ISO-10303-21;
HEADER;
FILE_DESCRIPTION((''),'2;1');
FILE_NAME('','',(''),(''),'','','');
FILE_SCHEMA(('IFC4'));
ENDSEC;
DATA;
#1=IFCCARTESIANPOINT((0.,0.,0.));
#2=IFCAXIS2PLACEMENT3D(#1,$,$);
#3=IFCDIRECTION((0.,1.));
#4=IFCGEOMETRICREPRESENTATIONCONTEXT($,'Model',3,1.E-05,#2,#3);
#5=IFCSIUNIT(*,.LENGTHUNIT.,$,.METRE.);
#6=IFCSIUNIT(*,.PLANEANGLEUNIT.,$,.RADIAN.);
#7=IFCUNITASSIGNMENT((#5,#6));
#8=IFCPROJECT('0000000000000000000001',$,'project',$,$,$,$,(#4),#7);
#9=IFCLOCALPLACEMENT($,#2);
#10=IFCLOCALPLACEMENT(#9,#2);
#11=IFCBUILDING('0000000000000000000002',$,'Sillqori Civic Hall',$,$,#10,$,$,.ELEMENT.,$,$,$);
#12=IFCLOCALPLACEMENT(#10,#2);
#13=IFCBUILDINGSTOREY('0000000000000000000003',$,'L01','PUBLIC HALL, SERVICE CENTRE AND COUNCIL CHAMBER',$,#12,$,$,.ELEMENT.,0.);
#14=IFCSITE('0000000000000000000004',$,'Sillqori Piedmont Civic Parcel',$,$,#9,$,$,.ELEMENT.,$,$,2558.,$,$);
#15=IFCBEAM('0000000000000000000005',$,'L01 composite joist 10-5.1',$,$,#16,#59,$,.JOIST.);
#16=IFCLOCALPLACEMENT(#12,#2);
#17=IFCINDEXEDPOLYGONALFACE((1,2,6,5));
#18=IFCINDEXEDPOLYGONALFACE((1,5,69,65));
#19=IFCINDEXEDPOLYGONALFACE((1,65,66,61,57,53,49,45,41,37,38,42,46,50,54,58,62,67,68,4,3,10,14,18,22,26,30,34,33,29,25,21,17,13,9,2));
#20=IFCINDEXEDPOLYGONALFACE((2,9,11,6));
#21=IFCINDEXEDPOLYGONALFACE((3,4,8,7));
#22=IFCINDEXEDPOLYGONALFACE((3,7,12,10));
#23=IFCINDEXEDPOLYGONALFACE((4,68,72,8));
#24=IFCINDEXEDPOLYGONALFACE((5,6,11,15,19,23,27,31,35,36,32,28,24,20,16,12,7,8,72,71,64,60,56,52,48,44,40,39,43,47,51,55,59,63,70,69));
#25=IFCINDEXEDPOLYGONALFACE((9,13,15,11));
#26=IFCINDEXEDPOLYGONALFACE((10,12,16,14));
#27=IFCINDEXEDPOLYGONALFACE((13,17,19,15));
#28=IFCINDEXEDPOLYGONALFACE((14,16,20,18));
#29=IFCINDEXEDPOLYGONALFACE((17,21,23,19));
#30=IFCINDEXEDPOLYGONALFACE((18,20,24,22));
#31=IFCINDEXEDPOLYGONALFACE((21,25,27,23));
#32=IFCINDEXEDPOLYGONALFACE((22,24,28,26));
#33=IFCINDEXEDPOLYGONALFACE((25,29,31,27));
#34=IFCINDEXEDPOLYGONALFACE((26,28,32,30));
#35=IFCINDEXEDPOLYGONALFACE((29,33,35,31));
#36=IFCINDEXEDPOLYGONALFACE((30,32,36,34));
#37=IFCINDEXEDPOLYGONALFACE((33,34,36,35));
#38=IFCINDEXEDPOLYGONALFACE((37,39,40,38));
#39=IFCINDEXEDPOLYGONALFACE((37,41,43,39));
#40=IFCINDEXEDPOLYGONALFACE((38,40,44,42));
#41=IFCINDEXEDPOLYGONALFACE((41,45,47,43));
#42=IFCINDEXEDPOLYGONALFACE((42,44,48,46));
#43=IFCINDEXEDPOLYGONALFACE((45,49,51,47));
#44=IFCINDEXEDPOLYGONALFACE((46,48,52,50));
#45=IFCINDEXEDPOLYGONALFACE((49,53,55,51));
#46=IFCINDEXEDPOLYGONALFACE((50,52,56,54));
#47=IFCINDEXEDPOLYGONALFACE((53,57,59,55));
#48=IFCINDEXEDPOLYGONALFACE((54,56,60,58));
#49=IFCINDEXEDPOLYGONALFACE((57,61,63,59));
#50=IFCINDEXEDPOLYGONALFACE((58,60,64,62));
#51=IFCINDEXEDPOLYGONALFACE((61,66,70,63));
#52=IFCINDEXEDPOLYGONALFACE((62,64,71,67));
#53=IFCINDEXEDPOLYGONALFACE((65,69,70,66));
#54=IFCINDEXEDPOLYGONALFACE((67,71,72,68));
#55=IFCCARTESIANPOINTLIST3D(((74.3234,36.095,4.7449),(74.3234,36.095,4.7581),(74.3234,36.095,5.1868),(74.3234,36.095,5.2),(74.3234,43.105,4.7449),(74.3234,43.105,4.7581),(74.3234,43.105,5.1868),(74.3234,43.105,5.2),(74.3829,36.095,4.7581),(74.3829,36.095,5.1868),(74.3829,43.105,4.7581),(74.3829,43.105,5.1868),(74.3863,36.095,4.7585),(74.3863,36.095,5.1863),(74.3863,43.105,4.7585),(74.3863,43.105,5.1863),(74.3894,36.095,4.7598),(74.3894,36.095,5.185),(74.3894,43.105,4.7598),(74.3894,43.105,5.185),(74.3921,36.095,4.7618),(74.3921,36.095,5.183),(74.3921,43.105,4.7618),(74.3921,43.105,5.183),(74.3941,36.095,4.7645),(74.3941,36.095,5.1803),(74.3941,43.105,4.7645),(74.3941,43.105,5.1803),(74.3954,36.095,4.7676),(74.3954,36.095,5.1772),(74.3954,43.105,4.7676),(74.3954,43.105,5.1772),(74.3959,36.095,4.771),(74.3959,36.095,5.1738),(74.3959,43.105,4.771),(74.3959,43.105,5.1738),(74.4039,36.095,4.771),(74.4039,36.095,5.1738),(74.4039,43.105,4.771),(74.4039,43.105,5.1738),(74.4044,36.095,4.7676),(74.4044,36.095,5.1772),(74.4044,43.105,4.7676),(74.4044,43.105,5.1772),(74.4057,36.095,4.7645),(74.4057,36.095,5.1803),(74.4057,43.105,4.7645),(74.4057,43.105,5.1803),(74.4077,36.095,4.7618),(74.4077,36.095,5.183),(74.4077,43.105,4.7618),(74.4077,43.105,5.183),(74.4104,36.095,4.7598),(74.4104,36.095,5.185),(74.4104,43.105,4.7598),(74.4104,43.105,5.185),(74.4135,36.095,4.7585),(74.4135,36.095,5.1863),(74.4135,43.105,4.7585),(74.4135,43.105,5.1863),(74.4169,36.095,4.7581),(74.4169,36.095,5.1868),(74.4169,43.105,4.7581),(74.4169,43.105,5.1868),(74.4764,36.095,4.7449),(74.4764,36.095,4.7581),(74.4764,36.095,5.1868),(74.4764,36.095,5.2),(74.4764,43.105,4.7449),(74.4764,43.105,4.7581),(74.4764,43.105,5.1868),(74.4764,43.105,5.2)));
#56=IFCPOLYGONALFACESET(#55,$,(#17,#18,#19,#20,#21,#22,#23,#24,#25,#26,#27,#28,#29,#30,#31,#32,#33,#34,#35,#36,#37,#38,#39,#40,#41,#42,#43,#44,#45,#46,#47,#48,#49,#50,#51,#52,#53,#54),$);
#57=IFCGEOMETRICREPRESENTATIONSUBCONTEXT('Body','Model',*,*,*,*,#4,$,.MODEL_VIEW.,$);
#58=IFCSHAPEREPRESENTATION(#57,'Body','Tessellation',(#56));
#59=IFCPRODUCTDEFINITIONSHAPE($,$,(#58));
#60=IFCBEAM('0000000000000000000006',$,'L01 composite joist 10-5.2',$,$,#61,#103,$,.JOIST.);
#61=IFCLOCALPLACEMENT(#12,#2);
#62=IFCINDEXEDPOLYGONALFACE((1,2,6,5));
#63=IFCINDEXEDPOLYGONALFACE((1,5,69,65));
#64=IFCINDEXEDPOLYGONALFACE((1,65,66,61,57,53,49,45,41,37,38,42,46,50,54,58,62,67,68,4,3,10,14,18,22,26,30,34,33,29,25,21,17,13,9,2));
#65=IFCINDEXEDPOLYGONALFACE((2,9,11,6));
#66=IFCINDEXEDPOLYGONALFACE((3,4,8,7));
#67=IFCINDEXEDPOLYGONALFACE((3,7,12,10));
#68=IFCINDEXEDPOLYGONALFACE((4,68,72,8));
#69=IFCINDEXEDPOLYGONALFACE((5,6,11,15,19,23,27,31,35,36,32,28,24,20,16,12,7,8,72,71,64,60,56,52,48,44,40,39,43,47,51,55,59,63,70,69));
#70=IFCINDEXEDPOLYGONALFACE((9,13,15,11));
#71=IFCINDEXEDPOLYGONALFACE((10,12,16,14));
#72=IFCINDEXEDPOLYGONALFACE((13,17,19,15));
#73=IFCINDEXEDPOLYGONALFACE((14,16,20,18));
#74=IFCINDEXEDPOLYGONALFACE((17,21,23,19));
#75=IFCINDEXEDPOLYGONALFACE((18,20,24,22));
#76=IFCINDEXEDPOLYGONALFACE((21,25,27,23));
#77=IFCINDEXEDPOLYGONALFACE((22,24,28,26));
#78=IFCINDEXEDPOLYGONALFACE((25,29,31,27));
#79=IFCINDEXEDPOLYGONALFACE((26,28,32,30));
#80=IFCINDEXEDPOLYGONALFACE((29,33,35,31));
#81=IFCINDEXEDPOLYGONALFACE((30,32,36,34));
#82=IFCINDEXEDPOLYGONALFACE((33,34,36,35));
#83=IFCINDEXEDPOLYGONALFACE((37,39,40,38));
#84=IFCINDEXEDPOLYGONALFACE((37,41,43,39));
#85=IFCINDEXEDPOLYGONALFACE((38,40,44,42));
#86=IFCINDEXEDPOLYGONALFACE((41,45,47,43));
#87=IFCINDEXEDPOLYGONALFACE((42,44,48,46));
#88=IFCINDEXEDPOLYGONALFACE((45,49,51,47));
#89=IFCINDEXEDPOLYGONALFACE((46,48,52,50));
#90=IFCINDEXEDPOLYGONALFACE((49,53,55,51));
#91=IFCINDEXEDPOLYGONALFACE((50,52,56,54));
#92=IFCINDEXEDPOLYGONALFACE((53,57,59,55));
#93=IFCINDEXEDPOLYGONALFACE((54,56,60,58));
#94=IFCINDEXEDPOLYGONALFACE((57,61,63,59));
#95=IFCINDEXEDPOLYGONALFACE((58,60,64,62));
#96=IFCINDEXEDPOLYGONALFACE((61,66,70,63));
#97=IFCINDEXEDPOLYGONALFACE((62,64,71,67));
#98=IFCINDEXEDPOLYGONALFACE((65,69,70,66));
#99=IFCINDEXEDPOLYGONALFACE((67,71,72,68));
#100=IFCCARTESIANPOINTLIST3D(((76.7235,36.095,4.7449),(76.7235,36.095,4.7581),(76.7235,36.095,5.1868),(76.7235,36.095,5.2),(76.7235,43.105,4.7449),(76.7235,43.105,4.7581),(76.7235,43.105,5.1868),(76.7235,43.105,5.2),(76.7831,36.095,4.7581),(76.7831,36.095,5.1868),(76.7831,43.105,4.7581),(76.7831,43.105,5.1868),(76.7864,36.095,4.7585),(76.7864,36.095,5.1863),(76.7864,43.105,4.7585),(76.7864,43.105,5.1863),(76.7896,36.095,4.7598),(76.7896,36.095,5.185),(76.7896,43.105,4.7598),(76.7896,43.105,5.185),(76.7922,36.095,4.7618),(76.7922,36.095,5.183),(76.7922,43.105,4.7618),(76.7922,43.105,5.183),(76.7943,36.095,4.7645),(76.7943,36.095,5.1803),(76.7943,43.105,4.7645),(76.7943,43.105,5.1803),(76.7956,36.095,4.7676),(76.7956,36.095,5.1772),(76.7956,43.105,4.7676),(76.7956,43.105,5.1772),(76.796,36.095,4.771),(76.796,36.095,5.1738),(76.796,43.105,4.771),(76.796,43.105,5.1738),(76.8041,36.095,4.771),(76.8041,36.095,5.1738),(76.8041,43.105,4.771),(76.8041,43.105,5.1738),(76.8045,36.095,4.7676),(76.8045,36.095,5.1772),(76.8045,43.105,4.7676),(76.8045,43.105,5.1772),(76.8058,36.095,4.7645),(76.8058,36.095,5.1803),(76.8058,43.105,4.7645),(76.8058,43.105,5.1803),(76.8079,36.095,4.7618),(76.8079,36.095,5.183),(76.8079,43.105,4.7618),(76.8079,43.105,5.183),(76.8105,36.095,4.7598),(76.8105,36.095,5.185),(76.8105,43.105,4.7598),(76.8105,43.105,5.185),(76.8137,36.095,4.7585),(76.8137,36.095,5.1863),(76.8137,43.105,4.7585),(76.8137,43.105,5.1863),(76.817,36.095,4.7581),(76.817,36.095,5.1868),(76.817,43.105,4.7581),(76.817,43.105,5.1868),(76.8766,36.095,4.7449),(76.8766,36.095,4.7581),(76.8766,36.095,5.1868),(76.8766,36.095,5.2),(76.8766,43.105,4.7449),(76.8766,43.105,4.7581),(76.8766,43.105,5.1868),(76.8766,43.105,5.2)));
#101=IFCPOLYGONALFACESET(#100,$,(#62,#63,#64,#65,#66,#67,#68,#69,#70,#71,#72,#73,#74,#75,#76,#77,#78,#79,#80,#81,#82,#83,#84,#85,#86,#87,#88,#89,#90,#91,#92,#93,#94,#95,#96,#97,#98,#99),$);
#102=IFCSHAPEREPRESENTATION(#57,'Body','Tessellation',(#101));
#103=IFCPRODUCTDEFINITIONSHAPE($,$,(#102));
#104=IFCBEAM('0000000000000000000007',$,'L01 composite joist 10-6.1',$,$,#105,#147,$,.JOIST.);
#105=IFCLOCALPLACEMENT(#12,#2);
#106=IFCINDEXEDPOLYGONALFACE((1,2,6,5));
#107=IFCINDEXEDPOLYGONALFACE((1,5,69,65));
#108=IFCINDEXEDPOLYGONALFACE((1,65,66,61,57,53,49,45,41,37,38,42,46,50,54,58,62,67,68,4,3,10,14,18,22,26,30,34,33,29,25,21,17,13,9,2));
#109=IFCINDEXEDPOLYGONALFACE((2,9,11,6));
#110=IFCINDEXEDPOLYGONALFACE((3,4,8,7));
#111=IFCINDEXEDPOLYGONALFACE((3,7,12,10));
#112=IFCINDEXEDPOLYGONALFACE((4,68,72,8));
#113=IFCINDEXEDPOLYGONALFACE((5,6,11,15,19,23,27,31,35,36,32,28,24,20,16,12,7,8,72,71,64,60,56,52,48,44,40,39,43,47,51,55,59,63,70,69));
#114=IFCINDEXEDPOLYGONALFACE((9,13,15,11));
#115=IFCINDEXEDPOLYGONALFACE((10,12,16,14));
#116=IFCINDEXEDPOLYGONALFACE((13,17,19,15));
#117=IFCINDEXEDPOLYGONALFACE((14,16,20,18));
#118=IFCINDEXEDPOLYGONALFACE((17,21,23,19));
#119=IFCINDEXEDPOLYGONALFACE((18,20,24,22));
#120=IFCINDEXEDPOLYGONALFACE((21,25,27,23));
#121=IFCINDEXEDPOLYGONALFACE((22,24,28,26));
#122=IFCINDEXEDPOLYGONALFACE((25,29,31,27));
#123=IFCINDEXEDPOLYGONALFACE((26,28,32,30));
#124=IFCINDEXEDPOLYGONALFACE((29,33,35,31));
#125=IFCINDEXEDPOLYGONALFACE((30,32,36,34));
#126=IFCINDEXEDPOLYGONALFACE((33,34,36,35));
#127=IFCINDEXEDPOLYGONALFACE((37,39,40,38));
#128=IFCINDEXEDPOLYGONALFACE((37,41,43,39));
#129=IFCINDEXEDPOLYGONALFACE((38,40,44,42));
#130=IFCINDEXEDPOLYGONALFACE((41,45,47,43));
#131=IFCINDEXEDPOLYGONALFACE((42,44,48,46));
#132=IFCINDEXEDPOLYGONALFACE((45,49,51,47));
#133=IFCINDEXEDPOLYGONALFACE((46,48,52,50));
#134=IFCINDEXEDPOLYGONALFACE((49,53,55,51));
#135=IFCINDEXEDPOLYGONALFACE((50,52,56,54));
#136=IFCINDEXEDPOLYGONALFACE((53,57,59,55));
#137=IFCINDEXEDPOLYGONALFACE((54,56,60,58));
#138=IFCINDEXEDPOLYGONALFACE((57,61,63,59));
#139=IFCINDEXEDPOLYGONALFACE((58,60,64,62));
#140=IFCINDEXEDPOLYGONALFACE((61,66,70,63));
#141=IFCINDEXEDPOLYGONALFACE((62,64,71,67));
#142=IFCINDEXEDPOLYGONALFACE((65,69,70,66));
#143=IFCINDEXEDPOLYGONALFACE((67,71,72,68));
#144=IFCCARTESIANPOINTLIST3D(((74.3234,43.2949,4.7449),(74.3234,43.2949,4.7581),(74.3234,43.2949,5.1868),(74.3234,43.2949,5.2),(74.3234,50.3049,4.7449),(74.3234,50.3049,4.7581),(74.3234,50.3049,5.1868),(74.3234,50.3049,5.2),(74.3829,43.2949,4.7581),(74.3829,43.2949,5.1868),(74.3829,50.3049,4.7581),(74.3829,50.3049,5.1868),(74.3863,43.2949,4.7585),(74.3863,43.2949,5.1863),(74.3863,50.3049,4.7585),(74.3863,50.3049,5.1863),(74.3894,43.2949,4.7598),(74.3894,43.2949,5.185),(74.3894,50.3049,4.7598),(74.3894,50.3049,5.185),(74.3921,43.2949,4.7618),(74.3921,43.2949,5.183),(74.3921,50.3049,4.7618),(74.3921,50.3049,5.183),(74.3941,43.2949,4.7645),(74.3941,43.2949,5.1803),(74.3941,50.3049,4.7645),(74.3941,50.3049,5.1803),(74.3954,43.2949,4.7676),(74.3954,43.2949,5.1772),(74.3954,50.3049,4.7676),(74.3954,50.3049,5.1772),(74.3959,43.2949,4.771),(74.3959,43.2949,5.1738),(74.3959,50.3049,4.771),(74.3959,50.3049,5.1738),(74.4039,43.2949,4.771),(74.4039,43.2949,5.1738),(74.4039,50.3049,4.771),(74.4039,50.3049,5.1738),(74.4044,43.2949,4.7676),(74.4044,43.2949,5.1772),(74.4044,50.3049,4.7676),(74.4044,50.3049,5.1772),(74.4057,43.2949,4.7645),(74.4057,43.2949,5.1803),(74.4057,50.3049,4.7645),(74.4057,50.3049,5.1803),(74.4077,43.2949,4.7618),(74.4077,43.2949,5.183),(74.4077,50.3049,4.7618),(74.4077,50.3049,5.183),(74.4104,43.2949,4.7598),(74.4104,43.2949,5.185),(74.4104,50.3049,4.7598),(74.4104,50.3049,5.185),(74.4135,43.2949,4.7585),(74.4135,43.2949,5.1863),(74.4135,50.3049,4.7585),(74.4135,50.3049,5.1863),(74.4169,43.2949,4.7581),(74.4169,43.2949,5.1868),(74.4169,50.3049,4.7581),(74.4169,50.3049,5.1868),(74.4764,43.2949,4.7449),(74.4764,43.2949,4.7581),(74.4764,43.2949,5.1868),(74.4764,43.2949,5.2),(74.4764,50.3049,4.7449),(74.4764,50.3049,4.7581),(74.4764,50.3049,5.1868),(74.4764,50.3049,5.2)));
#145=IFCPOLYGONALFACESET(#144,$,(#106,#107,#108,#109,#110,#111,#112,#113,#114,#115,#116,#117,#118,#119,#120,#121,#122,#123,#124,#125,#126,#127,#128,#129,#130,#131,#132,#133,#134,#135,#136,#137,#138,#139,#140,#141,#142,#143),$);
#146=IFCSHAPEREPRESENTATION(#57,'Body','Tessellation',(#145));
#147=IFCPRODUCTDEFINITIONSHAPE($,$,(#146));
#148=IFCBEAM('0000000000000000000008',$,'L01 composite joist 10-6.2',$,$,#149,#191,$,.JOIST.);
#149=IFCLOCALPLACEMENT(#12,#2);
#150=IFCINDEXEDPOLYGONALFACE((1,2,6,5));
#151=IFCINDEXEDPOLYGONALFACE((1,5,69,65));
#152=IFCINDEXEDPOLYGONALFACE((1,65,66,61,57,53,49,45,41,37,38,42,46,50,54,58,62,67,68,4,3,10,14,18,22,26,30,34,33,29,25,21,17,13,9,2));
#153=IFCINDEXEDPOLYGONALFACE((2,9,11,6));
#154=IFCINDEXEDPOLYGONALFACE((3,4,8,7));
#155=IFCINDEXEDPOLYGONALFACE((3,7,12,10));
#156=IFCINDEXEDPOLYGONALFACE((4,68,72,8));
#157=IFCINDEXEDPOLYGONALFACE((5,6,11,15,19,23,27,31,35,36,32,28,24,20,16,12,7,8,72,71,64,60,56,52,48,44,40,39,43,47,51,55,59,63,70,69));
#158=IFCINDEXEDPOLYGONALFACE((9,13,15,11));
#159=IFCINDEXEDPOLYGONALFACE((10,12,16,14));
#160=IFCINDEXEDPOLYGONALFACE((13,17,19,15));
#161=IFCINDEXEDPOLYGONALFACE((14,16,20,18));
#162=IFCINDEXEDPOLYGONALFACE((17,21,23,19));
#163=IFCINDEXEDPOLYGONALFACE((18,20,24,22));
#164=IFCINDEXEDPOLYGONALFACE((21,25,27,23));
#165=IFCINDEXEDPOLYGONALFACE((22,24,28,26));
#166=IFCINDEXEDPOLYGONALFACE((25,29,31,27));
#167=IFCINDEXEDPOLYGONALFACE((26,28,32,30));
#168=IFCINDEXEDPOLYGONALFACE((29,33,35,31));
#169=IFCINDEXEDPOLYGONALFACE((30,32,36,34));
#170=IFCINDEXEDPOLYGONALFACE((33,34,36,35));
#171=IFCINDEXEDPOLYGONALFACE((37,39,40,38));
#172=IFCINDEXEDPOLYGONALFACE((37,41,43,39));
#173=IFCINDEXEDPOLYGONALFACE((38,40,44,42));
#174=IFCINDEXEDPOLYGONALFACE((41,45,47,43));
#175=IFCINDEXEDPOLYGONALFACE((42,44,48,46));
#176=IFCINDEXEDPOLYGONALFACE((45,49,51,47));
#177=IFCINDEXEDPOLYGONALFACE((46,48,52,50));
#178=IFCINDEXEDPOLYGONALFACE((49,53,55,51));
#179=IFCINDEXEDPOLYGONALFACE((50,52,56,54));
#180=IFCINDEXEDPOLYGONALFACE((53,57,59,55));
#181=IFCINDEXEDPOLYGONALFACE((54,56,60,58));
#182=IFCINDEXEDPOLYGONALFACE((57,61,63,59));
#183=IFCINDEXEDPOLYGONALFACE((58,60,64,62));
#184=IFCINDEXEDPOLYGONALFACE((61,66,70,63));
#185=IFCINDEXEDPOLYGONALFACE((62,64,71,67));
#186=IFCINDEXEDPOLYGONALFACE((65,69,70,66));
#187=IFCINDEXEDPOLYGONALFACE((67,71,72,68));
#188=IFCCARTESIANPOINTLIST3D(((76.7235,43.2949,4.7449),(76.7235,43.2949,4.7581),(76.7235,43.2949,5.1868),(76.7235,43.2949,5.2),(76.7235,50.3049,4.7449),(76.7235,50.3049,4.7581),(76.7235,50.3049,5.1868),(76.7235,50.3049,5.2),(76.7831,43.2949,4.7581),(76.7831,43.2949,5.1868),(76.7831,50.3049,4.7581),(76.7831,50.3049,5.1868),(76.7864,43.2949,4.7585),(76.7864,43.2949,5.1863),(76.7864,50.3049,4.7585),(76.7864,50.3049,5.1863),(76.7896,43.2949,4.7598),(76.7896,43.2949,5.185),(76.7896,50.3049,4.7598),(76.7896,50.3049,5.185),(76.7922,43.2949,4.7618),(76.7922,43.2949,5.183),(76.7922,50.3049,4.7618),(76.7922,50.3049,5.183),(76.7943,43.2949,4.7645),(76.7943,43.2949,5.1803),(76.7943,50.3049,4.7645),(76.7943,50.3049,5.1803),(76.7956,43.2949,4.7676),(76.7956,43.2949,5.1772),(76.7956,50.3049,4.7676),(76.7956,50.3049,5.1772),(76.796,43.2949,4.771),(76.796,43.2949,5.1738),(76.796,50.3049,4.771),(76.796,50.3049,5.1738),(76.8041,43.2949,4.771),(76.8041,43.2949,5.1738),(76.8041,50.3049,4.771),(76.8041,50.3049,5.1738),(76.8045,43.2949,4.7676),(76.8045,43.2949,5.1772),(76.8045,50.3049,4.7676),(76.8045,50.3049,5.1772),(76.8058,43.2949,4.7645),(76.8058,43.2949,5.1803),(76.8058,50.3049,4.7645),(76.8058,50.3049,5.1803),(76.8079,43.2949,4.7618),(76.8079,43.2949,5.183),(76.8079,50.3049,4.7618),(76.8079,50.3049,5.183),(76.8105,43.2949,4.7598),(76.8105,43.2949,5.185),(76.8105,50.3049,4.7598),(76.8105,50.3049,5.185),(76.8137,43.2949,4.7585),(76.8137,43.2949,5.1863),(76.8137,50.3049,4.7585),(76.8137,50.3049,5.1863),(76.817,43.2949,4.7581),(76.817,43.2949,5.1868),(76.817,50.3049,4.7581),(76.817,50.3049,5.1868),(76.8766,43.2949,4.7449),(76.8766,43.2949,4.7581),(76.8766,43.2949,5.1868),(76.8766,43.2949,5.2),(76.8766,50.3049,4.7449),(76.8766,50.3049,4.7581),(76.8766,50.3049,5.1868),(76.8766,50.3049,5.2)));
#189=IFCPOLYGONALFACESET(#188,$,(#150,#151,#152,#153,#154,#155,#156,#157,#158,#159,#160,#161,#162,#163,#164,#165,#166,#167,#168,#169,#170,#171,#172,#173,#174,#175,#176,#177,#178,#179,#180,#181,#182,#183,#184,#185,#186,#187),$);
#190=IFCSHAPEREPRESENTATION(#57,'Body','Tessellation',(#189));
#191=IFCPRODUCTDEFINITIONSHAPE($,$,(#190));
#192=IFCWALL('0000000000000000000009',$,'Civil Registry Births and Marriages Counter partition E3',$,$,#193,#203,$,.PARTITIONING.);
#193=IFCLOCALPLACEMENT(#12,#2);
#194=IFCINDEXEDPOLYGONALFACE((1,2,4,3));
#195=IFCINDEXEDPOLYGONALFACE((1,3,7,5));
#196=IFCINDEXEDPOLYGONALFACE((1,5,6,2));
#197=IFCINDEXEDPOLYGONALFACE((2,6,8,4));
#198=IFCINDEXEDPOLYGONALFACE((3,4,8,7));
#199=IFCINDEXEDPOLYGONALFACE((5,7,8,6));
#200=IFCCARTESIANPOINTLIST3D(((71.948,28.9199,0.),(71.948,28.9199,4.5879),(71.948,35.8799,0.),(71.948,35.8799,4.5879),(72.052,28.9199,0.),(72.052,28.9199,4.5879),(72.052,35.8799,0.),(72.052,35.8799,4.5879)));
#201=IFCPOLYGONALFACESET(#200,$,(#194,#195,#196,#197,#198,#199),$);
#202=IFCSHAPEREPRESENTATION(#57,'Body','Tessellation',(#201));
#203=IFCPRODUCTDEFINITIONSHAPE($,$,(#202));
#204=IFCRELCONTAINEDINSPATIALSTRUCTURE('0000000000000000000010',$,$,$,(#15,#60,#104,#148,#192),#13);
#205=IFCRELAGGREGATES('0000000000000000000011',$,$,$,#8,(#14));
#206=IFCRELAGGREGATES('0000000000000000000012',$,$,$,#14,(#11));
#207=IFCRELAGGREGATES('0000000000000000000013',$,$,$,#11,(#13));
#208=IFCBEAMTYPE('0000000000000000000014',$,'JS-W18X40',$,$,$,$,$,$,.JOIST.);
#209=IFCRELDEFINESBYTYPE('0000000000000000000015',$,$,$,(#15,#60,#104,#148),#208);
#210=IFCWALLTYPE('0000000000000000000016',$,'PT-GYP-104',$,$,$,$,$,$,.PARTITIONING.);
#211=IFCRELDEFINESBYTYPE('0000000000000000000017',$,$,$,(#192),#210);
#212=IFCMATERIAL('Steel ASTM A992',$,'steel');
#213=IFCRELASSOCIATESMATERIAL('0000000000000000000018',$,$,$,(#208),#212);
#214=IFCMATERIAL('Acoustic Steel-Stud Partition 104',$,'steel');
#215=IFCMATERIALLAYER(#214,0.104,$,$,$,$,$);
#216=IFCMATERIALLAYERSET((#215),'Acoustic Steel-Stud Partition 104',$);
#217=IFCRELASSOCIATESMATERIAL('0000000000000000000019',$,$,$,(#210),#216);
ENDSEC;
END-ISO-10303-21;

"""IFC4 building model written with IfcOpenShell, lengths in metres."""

from ifc_helpers import new_model, si_unit, direction, frame, frame_2d, origin, origin_2d, place, context, subcontext, project, spatial, rectangle, i_section, extrude, material, layer, layer_set, material_profile, profile_set, type_object, element, save


model = new_model("IFC4")

# Units and contexts
model_context = context("Model", 3, precision=1e-05, world=origin(), true_north=direction((0.0, 1.0)))
body_context = subcontext(model_context, "Body", "Model", "MODEL_VIEW")
ifc_project = project(units=[si_unit("LENGTHUNIT", "METRE"), si_unit("PLANEANGLEUNIT", "RADIAN")], contexts=[model_context])

# Site, building, storey
site_placement = place(None, origin())
site = spatial("IfcSite", under=ifc_project, at=site_placement, Name="Sillqori Piedmont Civic Parcel", CompositionType="ELEMENT", RefElevation=2558.0)
building_placement = place(site_placement, origin())
building = spatial("IfcBuilding", under=site, at=building_placement, Name="Sillqori Civic Hall", CompositionType="ELEMENT")
storey_placement = place(building_placement, origin())
storey = spatial("IfcBuildingStorey", under=building, at=storey_placement, Name="L01", Description="PUBLIC HALL, SERVICE CENTRE AND COUNCIL CHAMBER", CompositionType="ELEMENT", Elevation=0.0)

# Shared definitions
ifc_material_1 = material(Name="Steel ASTM A992", Category="steel")

# Beams
ifc_material_profile_1 = material_profile(ifc_material_1, i_section(OverallWidth=0.1531, OverallDepth=0.4551, WebThickness=0.0081, FlangeThickness=0.0132, FilletRadius=0.0129, at=origin_2d()), Name="W18X40")
ifc_profile_set_1 = profile_set([ifc_material_profile_1], Name="Steel ASTM A992")
beam_type_1 = type_object("IfcBeamType", Name="JS-W18X40", PredefinedType="JOIST", material=ifc_profile_set_1)
for number, where, z_axis, x_axis, name in (
    (1, (74.3999, 36.095, 4.9724), (0.0, 1.0, 0.0), (-1.0, 0.0, 0.0), "L01 composite joist 10-5.1"),
    (2, (76.8, 36.095, 4.9724), (0.0, 1.0, 0.0), (-1.0, 0.0, 0.0), "L01 composite joist 10-5.2"),
    (3, (74.3999, 43.2949, 4.9724), (0.0, 1.0, 0.0), (-1.0, 0.0, 0.0), "L01 composite joist 10-6.1"),
    (4, (76.8, 43.2949, 4.9724), (0.0, 1.0, 0.0), (-1.0, 0.0, 0.0), "L01 composite joist 10-6.2"),
):
    element("IfcBeam", number, at=place(storey_placement, frame(where, z_axis=z_axis, x_axis=x_axis)), inside=storey, type_object=beam_type_1, Name=name, PredefinedType="JOIST", context=body_context, shape_type="SweptSolid", body=[
        extrude(i_section(OverallWidth=0.1531, OverallDepth=0.4551, WebThickness=0.0081, FlangeThickness=0.0132, FilletRadius=0.0129, at=origin_2d()), origin(), (0.0, 0.0, 1.0), 7.01),
    ])

# Wall
ifc_material_2 = material(Name="Acoustic Steel-Stud Partition 104", Category="steel")
ifc_layer_1 = layer(ifc_material_2, 0.104)
ifc_layer_set_1 = layer_set([ifc_layer_1], Name="Acoustic Steel-Stud Partition 104")
wall_type_1 = type_object("IfcWallType", Name="PT-GYP-104", PredefinedType="PARTITIONING", material=ifc_layer_set_1)
wall_1_placement = place(storey_placement, frame((72.0, 35.8799, 0.0), z_axis=(0.0, 0.0, 1.0), x_axis=(0.0, -1.0, 0.0)))
element("IfcWall", 5, at=wall_1_placement, inside=storey, type_object=wall_type_1, Name="Civil Registry Births and Marriages Counter partition E3", PredefinedType="PARTITIONING", context=body_context, shape_type="SweptSolid", body=[
    extrude(rectangle(XDim=6.96, YDim=0.104, at=frame_2d((3.48, 0.0))), origin(), (0.0, 0.0, 1.0), 4.5879),
])

save(model, "model.ifc")
